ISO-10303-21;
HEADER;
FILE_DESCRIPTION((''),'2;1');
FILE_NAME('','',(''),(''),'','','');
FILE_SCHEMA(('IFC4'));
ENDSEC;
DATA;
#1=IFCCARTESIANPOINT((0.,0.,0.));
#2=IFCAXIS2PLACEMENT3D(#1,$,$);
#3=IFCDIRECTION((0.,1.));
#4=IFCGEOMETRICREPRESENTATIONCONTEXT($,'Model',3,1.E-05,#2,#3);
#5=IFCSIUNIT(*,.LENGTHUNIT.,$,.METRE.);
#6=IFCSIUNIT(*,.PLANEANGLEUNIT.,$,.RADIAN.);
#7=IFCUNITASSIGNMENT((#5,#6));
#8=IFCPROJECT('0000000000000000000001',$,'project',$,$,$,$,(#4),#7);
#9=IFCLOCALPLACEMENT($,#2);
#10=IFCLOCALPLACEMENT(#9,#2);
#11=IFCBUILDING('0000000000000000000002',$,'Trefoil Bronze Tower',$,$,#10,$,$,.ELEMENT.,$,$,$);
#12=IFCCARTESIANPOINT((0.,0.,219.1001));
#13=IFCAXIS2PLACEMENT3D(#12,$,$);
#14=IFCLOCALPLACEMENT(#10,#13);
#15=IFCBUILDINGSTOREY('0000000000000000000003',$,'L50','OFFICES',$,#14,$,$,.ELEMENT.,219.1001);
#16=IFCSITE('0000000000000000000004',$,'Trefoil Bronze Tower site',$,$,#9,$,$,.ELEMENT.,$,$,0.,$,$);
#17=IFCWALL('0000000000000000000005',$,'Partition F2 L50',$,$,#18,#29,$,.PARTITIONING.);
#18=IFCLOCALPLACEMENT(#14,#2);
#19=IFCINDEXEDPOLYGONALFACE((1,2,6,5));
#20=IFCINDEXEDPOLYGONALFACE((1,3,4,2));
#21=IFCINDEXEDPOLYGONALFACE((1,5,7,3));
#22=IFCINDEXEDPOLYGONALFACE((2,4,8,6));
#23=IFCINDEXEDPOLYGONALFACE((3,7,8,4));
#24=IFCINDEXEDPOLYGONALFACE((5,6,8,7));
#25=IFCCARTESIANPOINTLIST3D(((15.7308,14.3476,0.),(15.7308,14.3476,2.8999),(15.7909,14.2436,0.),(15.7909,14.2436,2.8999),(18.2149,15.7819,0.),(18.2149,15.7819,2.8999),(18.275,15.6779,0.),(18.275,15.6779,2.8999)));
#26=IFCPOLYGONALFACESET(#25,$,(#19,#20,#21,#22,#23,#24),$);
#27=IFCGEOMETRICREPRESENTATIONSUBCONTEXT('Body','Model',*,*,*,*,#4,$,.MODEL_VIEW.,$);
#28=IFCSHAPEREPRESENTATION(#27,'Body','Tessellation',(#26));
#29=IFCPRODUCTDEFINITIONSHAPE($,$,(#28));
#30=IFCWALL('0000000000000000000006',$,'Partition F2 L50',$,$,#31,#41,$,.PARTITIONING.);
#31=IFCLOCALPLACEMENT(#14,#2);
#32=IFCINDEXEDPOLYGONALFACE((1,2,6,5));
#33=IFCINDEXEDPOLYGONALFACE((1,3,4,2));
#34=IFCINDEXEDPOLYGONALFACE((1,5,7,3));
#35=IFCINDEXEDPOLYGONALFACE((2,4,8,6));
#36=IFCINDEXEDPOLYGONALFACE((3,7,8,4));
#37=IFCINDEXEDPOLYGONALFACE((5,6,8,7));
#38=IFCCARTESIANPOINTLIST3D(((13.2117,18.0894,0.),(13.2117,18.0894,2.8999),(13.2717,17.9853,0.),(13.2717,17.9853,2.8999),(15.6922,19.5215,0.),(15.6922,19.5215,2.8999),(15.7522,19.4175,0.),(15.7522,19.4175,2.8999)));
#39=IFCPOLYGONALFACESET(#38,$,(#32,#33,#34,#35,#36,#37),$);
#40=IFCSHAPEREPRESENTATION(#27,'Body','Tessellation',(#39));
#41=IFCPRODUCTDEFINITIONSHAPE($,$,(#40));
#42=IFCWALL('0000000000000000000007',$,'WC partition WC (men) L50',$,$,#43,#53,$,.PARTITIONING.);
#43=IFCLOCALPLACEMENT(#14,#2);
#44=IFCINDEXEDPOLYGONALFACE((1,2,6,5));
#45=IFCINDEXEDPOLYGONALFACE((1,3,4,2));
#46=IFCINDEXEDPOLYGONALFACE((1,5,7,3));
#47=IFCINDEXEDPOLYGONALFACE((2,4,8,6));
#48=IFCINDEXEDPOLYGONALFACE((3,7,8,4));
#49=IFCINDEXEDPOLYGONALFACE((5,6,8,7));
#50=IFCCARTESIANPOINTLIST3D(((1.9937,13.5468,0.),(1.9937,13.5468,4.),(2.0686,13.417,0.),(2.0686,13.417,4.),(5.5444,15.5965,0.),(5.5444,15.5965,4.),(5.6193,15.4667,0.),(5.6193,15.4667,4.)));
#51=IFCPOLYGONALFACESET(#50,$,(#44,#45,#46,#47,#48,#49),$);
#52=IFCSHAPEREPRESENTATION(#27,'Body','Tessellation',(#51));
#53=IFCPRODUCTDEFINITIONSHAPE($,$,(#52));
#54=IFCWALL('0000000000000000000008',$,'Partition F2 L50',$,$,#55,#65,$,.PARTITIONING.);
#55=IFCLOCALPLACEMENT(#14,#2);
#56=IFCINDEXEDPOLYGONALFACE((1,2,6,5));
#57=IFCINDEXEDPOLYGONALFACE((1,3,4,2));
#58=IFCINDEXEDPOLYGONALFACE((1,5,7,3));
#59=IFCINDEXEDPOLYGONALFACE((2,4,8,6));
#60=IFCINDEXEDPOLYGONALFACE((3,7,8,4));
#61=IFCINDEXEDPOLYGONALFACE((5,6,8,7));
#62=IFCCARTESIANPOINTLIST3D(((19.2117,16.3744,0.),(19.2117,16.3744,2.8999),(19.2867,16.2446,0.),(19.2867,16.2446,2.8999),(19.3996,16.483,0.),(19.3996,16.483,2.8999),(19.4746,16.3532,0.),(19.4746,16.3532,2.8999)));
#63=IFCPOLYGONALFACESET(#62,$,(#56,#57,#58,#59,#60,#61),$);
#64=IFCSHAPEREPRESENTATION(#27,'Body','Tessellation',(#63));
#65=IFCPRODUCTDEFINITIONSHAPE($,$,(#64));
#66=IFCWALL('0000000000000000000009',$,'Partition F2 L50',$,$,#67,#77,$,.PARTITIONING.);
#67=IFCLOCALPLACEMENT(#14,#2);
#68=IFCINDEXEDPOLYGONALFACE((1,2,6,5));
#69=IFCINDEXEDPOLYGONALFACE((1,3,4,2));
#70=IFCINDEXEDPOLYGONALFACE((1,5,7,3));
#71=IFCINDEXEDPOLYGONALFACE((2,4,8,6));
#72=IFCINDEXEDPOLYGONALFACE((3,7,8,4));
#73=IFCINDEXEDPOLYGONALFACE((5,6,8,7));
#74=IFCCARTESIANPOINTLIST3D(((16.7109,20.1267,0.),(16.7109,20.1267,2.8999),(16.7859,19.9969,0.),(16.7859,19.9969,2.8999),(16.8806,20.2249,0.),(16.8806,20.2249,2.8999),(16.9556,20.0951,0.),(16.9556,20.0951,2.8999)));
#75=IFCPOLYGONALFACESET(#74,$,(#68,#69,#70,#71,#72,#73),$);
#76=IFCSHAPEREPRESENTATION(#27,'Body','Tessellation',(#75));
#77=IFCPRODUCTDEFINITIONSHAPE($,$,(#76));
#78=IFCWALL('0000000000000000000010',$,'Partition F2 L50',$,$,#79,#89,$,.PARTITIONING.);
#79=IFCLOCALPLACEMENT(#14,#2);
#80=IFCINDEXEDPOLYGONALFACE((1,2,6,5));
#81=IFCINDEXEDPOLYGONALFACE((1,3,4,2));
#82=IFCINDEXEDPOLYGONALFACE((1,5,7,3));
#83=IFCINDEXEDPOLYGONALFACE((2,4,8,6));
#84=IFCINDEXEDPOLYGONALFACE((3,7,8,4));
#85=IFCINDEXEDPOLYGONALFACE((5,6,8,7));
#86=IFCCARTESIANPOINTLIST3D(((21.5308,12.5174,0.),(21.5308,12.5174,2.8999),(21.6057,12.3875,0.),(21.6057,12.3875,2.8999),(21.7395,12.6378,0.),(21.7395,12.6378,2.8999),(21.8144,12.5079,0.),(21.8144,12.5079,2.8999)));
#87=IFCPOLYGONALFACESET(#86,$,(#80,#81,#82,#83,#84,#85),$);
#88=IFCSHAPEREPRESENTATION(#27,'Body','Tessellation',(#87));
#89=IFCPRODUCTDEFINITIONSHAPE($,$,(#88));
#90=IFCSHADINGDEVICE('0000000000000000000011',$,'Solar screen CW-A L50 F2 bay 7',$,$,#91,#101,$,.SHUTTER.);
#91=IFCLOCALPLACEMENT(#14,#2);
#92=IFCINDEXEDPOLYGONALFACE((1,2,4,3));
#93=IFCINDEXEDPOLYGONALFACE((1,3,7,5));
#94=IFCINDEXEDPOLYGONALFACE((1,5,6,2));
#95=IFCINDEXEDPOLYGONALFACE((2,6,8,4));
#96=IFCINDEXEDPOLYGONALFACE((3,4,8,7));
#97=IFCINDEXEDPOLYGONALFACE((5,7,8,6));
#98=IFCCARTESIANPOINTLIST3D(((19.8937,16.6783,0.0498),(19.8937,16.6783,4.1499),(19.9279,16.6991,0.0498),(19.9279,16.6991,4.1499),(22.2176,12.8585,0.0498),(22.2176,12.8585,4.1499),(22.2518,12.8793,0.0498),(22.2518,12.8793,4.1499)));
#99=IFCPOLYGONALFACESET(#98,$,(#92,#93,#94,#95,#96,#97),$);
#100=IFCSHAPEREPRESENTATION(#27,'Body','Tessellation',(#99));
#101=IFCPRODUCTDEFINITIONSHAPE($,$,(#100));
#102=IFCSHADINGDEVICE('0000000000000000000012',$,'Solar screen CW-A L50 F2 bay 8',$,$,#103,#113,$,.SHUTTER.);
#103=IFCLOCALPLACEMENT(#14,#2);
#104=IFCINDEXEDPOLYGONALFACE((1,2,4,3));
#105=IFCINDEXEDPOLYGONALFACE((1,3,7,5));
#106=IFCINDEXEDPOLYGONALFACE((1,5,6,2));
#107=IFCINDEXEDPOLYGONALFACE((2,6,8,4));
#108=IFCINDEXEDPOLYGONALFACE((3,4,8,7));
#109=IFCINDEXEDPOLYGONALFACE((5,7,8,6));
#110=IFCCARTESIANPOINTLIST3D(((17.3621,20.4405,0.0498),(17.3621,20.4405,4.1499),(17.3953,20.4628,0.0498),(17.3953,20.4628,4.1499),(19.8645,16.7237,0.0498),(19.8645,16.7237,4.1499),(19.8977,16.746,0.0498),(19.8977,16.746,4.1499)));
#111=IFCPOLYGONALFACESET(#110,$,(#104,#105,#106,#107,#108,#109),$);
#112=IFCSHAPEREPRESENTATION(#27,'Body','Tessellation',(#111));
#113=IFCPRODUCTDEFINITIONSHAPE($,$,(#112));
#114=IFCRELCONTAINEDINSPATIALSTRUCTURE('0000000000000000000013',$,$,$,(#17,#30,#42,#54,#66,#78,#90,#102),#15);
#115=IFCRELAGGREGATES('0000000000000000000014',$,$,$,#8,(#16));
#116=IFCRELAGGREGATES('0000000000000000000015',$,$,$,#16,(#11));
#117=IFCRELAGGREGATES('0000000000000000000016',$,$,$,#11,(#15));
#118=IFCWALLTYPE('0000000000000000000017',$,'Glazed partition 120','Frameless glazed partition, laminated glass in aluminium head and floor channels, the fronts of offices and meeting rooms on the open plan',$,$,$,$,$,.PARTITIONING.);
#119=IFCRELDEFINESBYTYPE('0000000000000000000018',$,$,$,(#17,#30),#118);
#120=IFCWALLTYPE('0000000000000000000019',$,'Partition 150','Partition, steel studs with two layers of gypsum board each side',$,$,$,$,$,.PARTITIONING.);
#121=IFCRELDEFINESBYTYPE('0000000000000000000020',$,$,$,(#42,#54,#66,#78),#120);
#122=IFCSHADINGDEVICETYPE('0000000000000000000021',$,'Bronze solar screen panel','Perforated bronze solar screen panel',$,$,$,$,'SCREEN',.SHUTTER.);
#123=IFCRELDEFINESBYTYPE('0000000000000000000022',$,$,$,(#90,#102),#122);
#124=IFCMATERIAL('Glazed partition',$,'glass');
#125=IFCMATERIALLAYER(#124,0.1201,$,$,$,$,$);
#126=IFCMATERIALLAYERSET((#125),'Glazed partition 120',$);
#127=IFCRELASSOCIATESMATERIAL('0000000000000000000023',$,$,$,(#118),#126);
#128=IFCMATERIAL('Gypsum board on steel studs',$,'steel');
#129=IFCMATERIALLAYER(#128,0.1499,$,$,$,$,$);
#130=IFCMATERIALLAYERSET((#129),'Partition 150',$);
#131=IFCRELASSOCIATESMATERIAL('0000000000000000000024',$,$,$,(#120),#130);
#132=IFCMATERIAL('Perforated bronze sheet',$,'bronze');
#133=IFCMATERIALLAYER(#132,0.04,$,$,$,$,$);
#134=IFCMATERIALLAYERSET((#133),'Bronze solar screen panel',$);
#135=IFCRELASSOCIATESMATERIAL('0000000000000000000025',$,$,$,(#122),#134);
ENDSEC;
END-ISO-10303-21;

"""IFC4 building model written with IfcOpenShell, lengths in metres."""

from ifc_helpers import new_model, si_unit, direction, frame, frame_2d, origin, origin_2d, place, context, subcontext, project, spatial, rectangle, extrude, material, layer, layer_set, type_object, element, save


model = new_model("IFC4")

# Units and contexts
model_context = context("Model", 3, precision=1e-05, world=origin(), true_north=direction((0.0, 1.0)))
body_context = subcontext(model_context, "Body", "Model", "MODEL_VIEW")
ifc_project = project(units=[si_unit("LENGTHUNIT", "METRE"), si_unit("PLANEANGLEUNIT", "RADIAN")], contexts=[model_context])

# Site, building, storey
site_placement = place(None, origin())
site = spatial("IfcSite", under=ifc_project, at=site_placement, Name="Trefoil Bronze Tower site", CompositionType="ELEMENT", RefElevation=0.0)
building_placement = place(site_placement, origin())
building = spatial("IfcBuilding", under=site, at=building_placement, Name="Trefoil Bronze Tower", CompositionType="ELEMENT")
storey_placement = place(building_placement, frame((0.0, 0.0, 219.1001)))
storey = spatial("IfcBuildingStorey", under=building, at=storey_placement, Name="L50", Description="OFFICES", CompositionType="ELEMENT", Elevation=219.1001)

# Shared definitions
ifc_material_1 = material(Name="Glazed partition", Category="glass")
ifc_layer_1 = layer(ifc_material_1, 0.1201)
ifc_layer_set_1 = layer_set([ifc_layer_1], Name="Glazed partition 120")
wall_type_1 = type_object("IfcWallType", Name="Glazed partition 120", Description="Frameless glazed partition, laminated glass in aluminium head and floor channels, the fronts of offices and meeting rooms on the open plan", PredefinedType="PARTITIONING", material=ifc_layer_set_1)

# Walls
wall_1_placement = place(storey_placement, frame((15.761, 14.2957, 0.0), z_axis=(0.0, 0.0, 1.0), x_axis=(0.866008, 0.500029, 0.0)))
element("IfcWall", 1, at=wall_1_placement, inside=storey, type_object=wall_type_1, Name="Partition F2 L50", PredefinedType="PARTITIONING", context=body_context, shape_type="SweptSolid", body=[
    extrude(rectangle(XDim=2.8684, YDim=0.1201, at=frame_2d((1.4341, 0.0))), origin(), (0.0, 0.0, 1.0), 2.8999),
])
wall_2_placement = place(storey_placement, frame((13.2417, 18.0374, 0.0), z_axis=(0.0, 0.0, 1.0), x_axis=(0.866021, 0.500008, 0.0)))
element("IfcWall", 2, at=wall_2_placement, inside=storey, type_object=wall_type_1, Name="Partition F2 L50", PredefinedType="PARTITIONING", context=body_context, shape_type="SweptSolid", body=[
    extrude(rectangle(XDim=2.8643, YDim=0.1201, at=frame_2d((1.4321, 0.0))), origin(), (0.0, 0.0, 1.0), 2.8999),
])
ifc_material_2 = material(Name="Gypsum board on steel studs", Category="steel")
ifc_layer_2 = layer(ifc_material_2, 0.1499)
ifc_layer_set_2 = layer_set([ifc_layer_2], Name="Partition 150")
wall_type_2 = type_object("IfcWallType", Name="Partition 150", Description="Partition, steel studs with two layers of gypsum board each side", PredefinedType="PARTITIONING", material=ifc_layer_set_2)
wall_3_placement = place(storey_placement, frame((2.0312, 13.4819, 0.0), z_axis=(0.0, 0.0, 1.0), x_axis=(0.866051, 0.499956, 0.0)))
element("IfcWall", 3, at=wall_3_placement, inside=storey, type_object=wall_type_2, Name="WC partition WC (men) L50", PredefinedType="PARTITIONING", context=body_context, shape_type="SweptSolid", body=[
    extrude(rectangle(XDim=4.0999, YDim=0.1499, at=frame_2d((2.0498, 0.0))), origin(), (0.0, 0.0, 1.0), 4.0),
])
wall_4_placement = place(storey_placement, frame((19.2493, 16.3096, 0.0), z_axis=(0.0, 0.0, 1.0), x_axis=(0.865811, 0.500371, 0.0)))
element("IfcWall", 4, at=wall_4_placement, inside=storey, type_object=wall_type_2, Name="Partition F2 L50", PredefinedType="PARTITIONING", context=body_context, shape_type="SweptSolid", body=[
    extrude(rectangle(XDim=0.217, YDim=0.1499, at=frame_2d((0.1084, 0.0))), origin(), (0.0, 0.0, 1.0), 2.8999),
])
wall_5_placement = place(storey_placement, frame((16.7483, 20.0618, 0.0), z_axis=(0.0, 0.0, 1.0), x_axis=(0.865625, 0.500693, 0.0)))
element("IfcWall", 5, at=wall_5_placement, inside=storey, type_object=wall_type_2, Name="Partition F2 L50", PredefinedType="PARTITIONING", context=body_context, shape_type="SweptSolid", body=[
    extrude(rectangle(XDim=0.196, YDim=0.1499, at=frame_2d((0.0981, 0.0))), origin(), (0.0, 0.0, 1.0), 2.8999),
])
wall_6_placement = place(storey_placement, frame((21.5681, 12.4524, 0.0), z_axis=(0.0, 0.0, 1.0), x_axis=(0.866304, 0.499518, 0.0)))
element("IfcWall", 6, at=wall_6_placement, inside=storey, type_object=wall_type_2, Name="Partition F2 L50", PredefinedType="PARTITIONING", context=body_context, shape_type="SweptSolid", body=[
    extrude(rectangle(XDim=0.241, YDim=0.1499, at=frame_2d((0.1206, 0.0))), origin(), (0.0, 0.0, 1.0), 2.8999),
])

# Shading devices
ifc_material_3 = material(Name="Perforated bronze sheet", Category="bronze")
ifc_layer_3 = layer(ifc_material_3, 0.04)
ifc_layer_set_3 = layer_set([ifc_layer_3], Name="Bronze solar screen panel")
shading_device_type = type_object("IfcShadingDeviceType", Name="Bronze solar screen panel", Description="Perforated bronze solar screen panel", ElementType="SCREEN", PredefinedType="SHUTTER", material=ifc_layer_set_3)
shading_device_1_placement = place(storey_placement, frame((21.0728, 14.7788, 0.0498), z_axis=(0.0, 0.0, 1.0), x_axis=(-0.519762, 0.854311, 0.0)))
element("IfcShadingDevice", 7, at=shading_device_1_placement, inside=storey, type_object=shading_device_type, Name="Solar screen CW-A L50 F2 bay 7", PredefinedType="SHUTTER", context=body_context, shape_type="SweptSolid", body=[
    extrude(rectangle(XDim=4.4712, YDim=0.04, at=origin_2d()), origin(), (0.0, 0.0, 1.0), 4.1001),
])
shading_device_2_placement = place(storey_placement, frame((18.6299, 18.5933, 0.0498), z_axis=(0.0, 0.0, 1.0), x_axis=(-0.558493, 0.829509, 0.0)))
element("IfcShadingDevice", 8, at=shading_device_2_placement, inside=storey, type_object=shading_device_type, Name="Solar screen CW-A L50 F2 bay 8", PredefinedType="SHUTTER", context=body_context, shape_type="SweptSolid", body=[
    extrude(rectangle(XDim=4.4807, YDim=0.04, at=origin_2d()), origin(), (0.0, 0.0, 1.0), 4.1001),
])

save(model, "model.ifc")
